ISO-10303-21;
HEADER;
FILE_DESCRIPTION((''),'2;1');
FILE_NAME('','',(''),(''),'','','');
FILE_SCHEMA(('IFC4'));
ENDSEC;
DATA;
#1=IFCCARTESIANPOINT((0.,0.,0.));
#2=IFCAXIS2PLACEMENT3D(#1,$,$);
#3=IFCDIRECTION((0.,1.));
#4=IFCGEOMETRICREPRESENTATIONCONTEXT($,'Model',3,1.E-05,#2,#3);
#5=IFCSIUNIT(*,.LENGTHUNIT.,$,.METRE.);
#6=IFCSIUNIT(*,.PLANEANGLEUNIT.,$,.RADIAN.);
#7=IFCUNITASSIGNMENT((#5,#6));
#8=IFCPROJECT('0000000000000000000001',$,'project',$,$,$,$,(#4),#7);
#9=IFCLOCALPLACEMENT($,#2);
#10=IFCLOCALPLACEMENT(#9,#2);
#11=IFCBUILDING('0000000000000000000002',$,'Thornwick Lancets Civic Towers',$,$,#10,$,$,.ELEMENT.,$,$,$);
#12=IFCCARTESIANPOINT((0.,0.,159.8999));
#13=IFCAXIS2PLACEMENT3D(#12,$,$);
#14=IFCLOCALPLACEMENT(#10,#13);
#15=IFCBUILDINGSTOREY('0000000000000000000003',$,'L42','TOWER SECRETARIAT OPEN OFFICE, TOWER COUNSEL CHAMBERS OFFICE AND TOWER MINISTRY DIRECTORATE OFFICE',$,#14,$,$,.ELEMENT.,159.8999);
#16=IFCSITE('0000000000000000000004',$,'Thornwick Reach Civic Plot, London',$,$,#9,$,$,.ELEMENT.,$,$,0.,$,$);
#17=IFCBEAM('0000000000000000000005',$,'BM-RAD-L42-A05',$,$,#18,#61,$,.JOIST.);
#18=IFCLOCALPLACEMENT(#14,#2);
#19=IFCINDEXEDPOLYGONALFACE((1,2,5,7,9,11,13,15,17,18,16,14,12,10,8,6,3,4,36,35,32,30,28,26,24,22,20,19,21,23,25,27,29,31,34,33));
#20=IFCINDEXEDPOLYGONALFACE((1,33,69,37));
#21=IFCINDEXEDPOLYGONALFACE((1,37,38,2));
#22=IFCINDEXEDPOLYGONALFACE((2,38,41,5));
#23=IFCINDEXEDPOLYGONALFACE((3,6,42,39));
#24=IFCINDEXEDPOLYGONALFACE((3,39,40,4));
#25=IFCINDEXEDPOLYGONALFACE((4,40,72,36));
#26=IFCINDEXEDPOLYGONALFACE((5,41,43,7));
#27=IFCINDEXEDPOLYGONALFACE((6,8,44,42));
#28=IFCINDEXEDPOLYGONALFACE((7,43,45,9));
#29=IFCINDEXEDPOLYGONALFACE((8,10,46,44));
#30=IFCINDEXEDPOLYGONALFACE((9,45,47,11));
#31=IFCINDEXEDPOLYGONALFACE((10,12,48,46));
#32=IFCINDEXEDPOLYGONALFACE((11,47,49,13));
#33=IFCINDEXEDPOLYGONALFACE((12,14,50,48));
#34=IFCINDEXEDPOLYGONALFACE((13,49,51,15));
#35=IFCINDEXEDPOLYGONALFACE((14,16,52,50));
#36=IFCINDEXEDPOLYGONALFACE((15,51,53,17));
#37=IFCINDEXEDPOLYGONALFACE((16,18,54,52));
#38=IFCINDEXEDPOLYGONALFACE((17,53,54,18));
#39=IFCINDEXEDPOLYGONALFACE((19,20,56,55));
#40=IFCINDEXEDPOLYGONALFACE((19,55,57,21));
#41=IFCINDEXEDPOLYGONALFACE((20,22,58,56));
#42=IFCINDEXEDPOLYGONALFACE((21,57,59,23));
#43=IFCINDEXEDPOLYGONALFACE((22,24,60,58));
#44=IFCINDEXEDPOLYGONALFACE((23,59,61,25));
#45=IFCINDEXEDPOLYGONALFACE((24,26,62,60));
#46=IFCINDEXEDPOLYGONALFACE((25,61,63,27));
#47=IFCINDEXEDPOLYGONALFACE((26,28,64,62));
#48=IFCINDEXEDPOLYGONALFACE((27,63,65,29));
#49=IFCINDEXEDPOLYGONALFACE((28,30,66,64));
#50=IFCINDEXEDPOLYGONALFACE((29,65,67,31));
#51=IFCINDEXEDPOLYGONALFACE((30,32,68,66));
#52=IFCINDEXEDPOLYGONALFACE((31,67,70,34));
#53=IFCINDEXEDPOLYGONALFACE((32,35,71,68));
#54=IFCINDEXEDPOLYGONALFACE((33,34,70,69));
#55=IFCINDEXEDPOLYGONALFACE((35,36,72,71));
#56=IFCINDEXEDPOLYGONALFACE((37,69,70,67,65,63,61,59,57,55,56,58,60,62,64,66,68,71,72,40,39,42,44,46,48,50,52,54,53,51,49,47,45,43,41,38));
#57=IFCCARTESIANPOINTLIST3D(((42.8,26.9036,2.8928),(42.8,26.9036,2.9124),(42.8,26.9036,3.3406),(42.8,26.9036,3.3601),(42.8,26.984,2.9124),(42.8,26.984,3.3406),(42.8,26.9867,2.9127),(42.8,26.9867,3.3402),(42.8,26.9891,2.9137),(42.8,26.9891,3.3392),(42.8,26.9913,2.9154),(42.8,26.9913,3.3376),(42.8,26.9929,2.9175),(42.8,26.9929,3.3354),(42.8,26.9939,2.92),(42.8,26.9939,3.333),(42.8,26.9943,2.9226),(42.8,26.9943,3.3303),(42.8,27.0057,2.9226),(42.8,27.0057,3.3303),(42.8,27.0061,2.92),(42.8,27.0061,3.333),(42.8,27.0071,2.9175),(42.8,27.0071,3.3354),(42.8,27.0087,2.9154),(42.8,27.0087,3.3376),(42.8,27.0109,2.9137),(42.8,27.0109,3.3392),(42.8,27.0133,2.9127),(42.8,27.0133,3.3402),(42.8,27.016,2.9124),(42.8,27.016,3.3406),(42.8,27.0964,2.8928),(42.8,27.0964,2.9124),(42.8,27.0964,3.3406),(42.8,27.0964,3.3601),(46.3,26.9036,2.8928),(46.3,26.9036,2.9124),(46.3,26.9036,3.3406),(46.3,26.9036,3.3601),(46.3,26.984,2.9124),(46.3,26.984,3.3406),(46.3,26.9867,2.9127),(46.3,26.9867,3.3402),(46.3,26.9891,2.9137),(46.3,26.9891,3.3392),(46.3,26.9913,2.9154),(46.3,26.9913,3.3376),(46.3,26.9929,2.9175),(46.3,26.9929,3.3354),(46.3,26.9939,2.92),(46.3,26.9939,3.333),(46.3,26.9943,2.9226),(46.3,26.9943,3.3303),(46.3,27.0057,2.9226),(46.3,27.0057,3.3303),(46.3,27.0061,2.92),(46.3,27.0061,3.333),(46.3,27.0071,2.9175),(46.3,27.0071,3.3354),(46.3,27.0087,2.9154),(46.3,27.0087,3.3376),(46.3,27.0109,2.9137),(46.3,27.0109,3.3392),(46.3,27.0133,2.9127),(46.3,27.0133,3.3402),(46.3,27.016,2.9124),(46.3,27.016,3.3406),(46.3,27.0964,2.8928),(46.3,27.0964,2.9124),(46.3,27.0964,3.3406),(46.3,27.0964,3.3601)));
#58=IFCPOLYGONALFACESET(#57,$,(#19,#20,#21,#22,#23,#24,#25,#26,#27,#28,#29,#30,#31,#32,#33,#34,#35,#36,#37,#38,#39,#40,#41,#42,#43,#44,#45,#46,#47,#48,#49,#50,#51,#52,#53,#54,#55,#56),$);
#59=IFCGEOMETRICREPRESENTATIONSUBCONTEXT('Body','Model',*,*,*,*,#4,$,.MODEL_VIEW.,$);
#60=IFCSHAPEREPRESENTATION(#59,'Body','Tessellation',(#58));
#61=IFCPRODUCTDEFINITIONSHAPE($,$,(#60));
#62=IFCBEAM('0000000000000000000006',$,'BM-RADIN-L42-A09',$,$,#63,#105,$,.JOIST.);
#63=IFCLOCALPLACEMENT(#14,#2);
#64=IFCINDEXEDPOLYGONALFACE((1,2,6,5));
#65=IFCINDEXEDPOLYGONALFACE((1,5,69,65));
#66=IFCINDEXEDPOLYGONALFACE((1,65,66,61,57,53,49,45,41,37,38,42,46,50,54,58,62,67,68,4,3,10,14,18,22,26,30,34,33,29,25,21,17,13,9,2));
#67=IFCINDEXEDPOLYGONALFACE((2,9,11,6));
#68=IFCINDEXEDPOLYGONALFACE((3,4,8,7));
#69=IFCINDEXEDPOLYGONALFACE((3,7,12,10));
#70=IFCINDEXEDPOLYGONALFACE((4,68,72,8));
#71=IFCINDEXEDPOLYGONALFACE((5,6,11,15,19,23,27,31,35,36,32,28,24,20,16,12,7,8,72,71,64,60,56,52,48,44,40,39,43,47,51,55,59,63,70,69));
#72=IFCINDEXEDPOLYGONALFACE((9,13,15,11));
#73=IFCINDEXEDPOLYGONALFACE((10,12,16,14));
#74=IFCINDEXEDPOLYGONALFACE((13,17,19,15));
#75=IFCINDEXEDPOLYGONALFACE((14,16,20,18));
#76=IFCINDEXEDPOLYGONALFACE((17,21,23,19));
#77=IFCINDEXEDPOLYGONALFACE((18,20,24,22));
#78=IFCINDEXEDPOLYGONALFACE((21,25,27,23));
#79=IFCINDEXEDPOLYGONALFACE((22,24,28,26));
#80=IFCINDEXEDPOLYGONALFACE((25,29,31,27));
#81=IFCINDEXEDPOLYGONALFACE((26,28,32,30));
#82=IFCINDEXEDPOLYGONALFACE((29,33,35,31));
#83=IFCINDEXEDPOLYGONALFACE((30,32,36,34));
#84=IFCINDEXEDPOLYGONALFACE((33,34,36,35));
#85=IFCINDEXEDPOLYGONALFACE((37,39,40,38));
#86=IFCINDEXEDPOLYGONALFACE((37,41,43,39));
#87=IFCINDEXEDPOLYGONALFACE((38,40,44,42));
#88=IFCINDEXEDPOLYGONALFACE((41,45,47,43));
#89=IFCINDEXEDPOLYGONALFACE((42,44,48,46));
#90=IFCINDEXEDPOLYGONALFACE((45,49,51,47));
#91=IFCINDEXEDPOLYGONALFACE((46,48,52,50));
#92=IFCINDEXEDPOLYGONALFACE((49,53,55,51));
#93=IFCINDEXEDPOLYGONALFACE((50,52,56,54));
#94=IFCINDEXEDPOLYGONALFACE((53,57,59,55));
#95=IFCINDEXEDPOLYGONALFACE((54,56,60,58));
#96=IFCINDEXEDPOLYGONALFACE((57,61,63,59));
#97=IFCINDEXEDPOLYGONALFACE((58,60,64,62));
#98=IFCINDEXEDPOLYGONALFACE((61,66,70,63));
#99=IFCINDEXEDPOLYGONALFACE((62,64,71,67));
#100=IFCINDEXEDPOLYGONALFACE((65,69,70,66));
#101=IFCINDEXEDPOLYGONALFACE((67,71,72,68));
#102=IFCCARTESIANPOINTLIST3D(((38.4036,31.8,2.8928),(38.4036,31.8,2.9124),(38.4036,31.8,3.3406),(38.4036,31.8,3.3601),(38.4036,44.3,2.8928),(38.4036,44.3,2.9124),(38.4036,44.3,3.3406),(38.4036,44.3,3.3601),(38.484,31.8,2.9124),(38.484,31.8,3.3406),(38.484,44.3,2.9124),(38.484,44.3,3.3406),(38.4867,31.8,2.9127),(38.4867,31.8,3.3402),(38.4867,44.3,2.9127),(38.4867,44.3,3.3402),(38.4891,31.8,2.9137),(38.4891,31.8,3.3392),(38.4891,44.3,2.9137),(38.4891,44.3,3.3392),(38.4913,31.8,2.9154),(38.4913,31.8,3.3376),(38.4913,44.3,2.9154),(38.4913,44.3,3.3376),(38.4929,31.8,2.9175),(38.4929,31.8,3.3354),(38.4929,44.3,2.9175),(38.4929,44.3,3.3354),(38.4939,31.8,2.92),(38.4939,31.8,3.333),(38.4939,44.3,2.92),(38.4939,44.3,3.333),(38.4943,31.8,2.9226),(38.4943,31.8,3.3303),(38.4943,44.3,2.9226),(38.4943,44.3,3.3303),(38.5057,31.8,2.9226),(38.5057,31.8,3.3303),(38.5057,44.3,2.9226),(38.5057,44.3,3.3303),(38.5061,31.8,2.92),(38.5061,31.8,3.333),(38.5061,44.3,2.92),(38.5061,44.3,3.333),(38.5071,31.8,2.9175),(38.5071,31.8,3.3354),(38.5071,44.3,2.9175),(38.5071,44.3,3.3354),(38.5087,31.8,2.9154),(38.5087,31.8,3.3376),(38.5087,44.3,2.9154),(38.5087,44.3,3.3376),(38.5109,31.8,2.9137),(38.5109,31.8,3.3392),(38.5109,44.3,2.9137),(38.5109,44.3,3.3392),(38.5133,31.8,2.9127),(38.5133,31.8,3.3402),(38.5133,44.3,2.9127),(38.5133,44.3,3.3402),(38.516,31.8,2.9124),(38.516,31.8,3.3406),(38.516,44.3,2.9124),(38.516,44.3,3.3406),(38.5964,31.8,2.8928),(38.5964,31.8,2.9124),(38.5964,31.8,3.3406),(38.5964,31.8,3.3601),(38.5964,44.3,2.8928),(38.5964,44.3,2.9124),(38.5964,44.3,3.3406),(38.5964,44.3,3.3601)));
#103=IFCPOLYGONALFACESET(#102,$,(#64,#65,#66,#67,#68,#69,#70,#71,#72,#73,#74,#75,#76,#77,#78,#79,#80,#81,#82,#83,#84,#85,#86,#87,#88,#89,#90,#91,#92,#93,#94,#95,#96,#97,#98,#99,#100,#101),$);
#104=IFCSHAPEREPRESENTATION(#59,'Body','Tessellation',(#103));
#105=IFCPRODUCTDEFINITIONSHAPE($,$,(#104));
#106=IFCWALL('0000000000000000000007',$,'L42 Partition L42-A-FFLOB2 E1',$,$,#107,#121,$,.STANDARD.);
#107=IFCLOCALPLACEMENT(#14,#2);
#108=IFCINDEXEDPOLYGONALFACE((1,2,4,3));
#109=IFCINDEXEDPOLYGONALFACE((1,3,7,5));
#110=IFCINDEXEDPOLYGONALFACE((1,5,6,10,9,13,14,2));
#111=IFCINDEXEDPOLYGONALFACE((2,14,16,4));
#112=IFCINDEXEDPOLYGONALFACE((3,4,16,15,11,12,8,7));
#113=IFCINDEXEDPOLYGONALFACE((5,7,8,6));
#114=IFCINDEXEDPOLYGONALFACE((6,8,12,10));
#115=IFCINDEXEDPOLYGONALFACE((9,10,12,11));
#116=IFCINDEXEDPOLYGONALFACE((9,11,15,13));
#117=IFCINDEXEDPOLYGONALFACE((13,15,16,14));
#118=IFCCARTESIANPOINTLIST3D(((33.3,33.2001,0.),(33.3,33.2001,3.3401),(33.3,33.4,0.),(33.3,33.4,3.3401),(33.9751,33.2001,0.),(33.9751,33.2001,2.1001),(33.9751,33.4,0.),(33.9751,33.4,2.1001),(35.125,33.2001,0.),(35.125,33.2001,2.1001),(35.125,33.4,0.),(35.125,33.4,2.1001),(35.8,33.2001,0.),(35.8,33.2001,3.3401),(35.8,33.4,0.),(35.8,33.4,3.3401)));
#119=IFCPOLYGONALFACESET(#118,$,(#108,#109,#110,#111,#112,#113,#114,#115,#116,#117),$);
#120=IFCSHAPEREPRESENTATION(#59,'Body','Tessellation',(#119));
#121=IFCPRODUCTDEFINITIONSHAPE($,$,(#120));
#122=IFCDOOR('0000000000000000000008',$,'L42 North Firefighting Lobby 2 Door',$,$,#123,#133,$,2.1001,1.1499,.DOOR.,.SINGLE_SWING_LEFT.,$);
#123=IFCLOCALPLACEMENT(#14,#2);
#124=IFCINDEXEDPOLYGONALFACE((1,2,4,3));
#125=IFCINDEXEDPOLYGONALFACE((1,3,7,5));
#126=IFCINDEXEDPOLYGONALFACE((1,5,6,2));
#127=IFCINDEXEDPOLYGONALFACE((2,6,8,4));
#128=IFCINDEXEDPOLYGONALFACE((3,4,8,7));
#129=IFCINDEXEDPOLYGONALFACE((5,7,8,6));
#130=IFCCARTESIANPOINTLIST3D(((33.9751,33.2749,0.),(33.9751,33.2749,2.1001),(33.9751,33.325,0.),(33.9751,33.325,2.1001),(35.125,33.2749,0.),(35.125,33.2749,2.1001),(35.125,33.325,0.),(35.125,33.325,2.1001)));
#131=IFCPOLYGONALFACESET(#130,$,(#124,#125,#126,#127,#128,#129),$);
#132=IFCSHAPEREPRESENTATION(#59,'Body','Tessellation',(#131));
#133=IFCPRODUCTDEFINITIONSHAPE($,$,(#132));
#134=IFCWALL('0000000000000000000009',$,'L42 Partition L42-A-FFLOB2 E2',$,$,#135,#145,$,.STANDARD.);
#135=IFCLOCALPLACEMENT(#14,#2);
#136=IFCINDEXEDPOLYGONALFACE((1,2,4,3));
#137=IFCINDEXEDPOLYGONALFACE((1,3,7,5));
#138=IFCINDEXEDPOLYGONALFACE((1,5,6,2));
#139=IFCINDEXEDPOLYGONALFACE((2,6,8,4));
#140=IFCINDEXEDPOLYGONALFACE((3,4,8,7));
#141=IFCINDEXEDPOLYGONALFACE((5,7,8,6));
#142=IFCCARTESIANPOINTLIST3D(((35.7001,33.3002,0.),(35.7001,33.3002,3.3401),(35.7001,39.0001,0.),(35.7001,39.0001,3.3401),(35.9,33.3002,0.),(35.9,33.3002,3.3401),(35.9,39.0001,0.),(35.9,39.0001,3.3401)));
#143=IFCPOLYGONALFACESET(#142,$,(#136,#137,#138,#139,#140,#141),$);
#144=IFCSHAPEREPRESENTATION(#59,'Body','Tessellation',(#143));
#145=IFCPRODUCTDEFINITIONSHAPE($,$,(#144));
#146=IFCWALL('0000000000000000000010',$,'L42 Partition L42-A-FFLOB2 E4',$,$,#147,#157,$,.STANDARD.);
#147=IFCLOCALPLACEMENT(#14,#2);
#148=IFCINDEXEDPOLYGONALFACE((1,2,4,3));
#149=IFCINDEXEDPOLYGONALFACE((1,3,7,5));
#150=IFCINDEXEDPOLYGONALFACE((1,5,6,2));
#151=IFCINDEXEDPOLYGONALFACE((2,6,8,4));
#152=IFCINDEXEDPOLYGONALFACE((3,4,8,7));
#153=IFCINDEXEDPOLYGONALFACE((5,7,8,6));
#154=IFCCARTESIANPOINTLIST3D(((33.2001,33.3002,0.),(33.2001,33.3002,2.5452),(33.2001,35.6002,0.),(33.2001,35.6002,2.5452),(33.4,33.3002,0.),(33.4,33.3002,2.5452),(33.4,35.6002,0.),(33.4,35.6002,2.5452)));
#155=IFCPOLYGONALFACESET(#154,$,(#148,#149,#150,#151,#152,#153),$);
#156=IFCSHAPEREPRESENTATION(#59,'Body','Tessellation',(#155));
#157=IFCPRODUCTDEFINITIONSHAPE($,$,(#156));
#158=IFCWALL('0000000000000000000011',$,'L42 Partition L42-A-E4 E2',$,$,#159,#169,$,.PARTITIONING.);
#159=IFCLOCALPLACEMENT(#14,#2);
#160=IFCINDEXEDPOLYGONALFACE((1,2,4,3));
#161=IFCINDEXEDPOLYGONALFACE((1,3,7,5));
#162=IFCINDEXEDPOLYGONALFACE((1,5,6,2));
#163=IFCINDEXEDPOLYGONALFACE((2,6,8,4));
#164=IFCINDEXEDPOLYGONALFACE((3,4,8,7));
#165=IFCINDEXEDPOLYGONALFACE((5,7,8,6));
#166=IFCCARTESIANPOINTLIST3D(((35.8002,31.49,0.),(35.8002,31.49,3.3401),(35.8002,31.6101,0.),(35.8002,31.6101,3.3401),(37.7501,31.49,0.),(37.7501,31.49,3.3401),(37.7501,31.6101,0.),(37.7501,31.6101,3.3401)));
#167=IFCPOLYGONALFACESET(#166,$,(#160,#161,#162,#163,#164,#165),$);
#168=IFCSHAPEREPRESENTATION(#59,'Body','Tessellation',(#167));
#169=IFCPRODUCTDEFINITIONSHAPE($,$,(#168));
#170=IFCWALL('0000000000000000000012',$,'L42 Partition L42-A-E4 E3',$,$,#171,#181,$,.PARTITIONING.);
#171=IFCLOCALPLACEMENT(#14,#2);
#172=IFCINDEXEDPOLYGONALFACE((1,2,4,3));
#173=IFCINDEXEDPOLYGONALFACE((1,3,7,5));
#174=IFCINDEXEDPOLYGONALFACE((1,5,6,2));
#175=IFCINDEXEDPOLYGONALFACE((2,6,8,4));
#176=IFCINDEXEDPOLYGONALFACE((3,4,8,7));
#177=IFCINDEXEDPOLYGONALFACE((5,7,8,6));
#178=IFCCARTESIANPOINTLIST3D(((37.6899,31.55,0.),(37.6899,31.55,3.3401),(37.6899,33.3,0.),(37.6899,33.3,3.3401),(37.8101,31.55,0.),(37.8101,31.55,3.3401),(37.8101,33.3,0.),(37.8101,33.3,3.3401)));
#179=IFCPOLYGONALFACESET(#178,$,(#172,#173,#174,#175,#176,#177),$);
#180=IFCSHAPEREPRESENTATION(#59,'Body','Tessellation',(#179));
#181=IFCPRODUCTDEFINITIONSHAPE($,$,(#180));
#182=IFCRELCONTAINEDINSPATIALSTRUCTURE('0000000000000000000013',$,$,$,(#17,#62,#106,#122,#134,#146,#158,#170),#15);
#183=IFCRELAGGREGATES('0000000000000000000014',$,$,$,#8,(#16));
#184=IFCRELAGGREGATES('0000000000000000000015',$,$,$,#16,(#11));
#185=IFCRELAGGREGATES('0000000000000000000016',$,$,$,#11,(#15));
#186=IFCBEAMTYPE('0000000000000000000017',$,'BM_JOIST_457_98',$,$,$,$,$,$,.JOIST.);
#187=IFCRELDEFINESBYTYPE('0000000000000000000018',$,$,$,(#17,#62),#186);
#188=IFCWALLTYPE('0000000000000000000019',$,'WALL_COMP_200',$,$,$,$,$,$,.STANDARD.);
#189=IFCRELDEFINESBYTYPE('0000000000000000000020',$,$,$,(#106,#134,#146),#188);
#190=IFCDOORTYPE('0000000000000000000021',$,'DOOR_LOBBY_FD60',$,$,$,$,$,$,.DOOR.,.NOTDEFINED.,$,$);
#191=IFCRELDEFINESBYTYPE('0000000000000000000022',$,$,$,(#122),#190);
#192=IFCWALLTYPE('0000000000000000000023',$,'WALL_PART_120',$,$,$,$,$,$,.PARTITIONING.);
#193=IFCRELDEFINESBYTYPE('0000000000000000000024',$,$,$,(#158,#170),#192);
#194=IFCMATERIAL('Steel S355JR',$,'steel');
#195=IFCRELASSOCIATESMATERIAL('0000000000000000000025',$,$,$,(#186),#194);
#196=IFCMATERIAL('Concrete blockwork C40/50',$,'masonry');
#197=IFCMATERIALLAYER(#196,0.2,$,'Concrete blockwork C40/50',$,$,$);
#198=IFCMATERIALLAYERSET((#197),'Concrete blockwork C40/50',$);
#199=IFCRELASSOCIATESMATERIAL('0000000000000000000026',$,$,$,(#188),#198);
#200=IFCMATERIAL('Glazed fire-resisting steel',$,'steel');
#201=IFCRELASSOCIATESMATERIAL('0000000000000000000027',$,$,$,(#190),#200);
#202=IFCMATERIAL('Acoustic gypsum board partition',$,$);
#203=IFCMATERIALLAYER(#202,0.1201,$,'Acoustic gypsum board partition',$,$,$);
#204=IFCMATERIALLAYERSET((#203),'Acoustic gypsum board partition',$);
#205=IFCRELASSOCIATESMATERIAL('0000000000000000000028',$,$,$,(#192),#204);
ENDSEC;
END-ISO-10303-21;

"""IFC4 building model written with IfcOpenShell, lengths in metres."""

from ifc_helpers import new_model, si_unit, direction, frame, frame_2d, origin, origin_2d, place, context, subcontext, project, spatial, rectangle, i_section, extrude, material, layer, layer_set, material_profile, profile_set, type_object, element, fill, save


model = new_model("IFC4")

# Units and contexts
model_context = context("Model", 3, precision=1e-05, world=origin(), true_north=direction((0.0, 1.0)))
body_context = subcontext(model_context, "Body", "Model", "MODEL_VIEW")
ifc_project = project(units=[si_unit("LENGTHUNIT", "METRE"), si_unit("PLANEANGLEUNIT", "RADIAN")], contexts=[model_context])

# Site, building, storey
site_placement = place(None, origin())
site = spatial("IfcSite", under=ifc_project, at=site_placement, Name="Thornwick Reach Civic Plot, London", CompositionType="ELEMENT", RefElevation=0.0)
building_placement = place(site_placement, origin())
building = spatial("IfcBuilding", under=site, at=building_placement, Name="Thornwick Lancets Civic Towers", CompositionType="ELEMENT")
storey_placement = place(building_placement, frame((0.0, 0.0, 159.8999)))
storey = spatial("IfcBuildingStorey", under=building, at=storey_placement, Name="L42", Description="TOWER SECRETARIAT OPEN OFFICE, TOWER COUNSEL CHAMBERS OFFICE AND TOWER MINISTRY DIRECTORATE OFFICE", CompositionType="ELEMENT", Elevation=159.8999)

# Beams
ifc_material_1 = material(Name="Steel S355JR", Category="steel")
ifc_material_profile_1 = material_profile(ifc_material_1, i_section(OverallWidth=0.1929, OverallDepth=0.4673, WebThickness=0.0115, FlangeThickness=0.0195, FilletRadius=0.0103, at=origin_2d()), Name="UKB 457x191x98")
ifc_profile_set_1 = profile_set([ifc_material_profile_1], Name="Steel S355JR")
beam_type_1 = type_object("IfcBeamType", Name="BM_JOIST_457_98", PredefinedType="JOIST", material=ifc_profile_set_1)
beam_1_placement = place(storey_placement, frame((42.8, 27.0, 3.1265), z_axis=(1.0, 0.0, 0.0), x_axis=(0.0, 1.0, 0.0)))
element("IfcBeam", 1, at=beam_1_placement, inside=storey, type_object=beam_type_1, Name="BM-RAD-L42-A05", PredefinedType="JOIST", context=body_context, shape_type="SweptSolid", body=[
    extrude(i_section(OverallWidth=0.1929, OverallDepth=0.4673, WebThickness=0.0115, FlangeThickness=0.0195, FilletRadius=0.0103, at=origin_2d()), origin(), (0.0, 0.0, 1.0), 3.5),
])
beam_2_placement = place(storey_placement, frame((38.5, 31.8, 3.1265), z_axis=(0.0, 1.0, 0.0), x_axis=(-1.0, 0.0, 0.0)))
element("IfcBeam", 2, at=beam_2_placement, inside=storey, type_object=beam_type_1, Name="BM-RADIN-L42-A09", PredefinedType="JOIST", context=body_context, shape_type="SweptSolid", body=[
    extrude(i_section(OverallWidth=0.1929, OverallDepth=0.4673, WebThickness=0.0115, FlangeThickness=0.0195, FilletRadius=0.0103, at=origin_2d()), origin(), (0.0, 0.0, 1.0), 12.5),
])

# Wall, opening, door
ifc_material_2 = material(Name="Concrete blockwork C40/50", Category="masonry")
ifc_layer_1 = layer(ifc_material_2, 0.2, Name="Concrete blockwork C40/50")
ifc_layer_set_1 = layer_set([ifc_layer_1], Name="Concrete blockwork C40/50")
wall_type_1 = type_object("IfcWallType", Name="WALL_COMP_200", PredefinedType="STANDARD", material=ifc_layer_set_1)
wall_1_placement = place(storey_placement, frame((33.3, 33.3, 0.0), z_axis=(0.0, 0.0, 1.0), x_axis=(1.0, 0.0, 0.0)))
wall_1 = element("IfcWall", 3, at=wall_1_placement, inside=storey, type_object=wall_type_1, Name="L42 Partition L42-A-FFLOB2 E1", PredefinedType="STANDARD", context=body_context, shape_type="SweptSolid", body=[
    extrude(rectangle(XDim=2.5, YDim=0.2, at=frame_2d((1.25, 0.0))), origin(), (0.0, 0.0, 1.0), 3.3401),
])
opening_placement = place(wall_1_placement, frame((0.675, 0.0, 0.0)))
opening = element("IfcOpeningElement", 4, at=opening_placement, cuts=wall_1, PredefinedType="OPENING", context=body_context, shape_type="SweptSolid", body=[
    extrude(rectangle(XDim=1.1499, YDim=2.1001, at=frame_2d((0.575, 1.05))), frame((0.0, 0.1099, 0.0), z_axis=(0.0, -1.0, 0.0), x_axis=(1.0, 0.0, 0.0)), (0.0, 0.0, 1.0), 0.22),
])
ifc_material_3 = material(Name="Glazed fire-resisting steel", Category="steel")
door_type = type_object("IfcDoorType", Name="DOOR_LOBBY_FD60", OperationType="NOTDEFINED", PredefinedType="DOOR", material=ifc_material_3)
door_placement = place(opening_placement, origin())
door = element("IfcDoor", 5, at=door_placement, inside=storey, type_object=door_type, Name="L42 North Firefighting Lobby 2 Door", OperationType="SINGLE_SWING_LEFT", OverallHeight=2.1001, OverallWidth=1.1499, PredefinedType="DOOR", context=body_context, shape_type="SweptSolid", body=[
    extrude(rectangle(XDim=1.1499, YDim=2.1001, at=frame_2d((0.575, 1.05))), frame((0.0, 0.0249, 0.0), z_axis=(0.0, -1.0, 0.0), x_axis=(1.0, 0.0, 0.0)), (0.0, 0.0, 1.0), 0.05),
])
fill(opening, door)

# Walls
wall_2_placement = place(storey_placement, frame((35.8, 33.3, 0.0), z_axis=(0.0, 0.0, 1.0), x_axis=(0.0, 1.0, 0.0)))
element("IfcWall", 6, at=wall_2_placement, inside=storey, type_object=wall_type_1, Name="L42 Partition L42-A-FFLOB2 E2", PredefinedType="STANDARD", context=body_context, shape_type="SweptSolid", body=[
    extrude(rectangle(XDim=5.7, YDim=0.2, at=frame_2d((2.8501, 0.0))), origin(), (0.0, 0.0, 1.0), 3.3401),
])
wall_3_placement = place(storey_placement, frame((33.3, 35.6001, 0.0), z_axis=(0.0, 0.0, 1.0), x_axis=(0.0, -1.0, 0.0)))
element("IfcWall", 7, at=wall_3_placement, inside=storey, type_object=wall_type_1, Name="L42 Partition L42-A-FFLOB2 E4", PredefinedType="STANDARD", context=body_context, shape_type="SweptSolid", body=[
    extrude(rectangle(XDim=2.3, YDim=0.2, at=frame_2d((1.1499, 0.0))), origin(), (0.0, 0.0, 1.0), 2.5452),
])
ifc_material_4 = material(Name="Acoustic gypsum board partition")
ifc_layer_2 = layer(ifc_material_4, 0.1201, Name="Acoustic gypsum board partition")
ifc_layer_set_2 = layer_set([ifc_layer_2], Name="Acoustic gypsum board partition")
wall_type_2 = type_object("IfcWallType", Name="WALL_PART_120", PredefinedType="PARTITIONING", material=ifc_layer_set_2)
wall_4_placement = place(storey_placement, frame((35.8, 31.55, 0.0), z_axis=(0.0, 0.0, 1.0), x_axis=(1.0, 0.0, 0.0)))
element("IfcWall", 8, at=wall_4_placement, inside=storey, type_object=wall_type_2, Name="L42 Partition L42-A-E4 E2", PredefinedType="PARTITIONING", context=body_context, shape_type="SweptSolid", body=[
    extrude(rectangle(XDim=1.95, YDim=0.1201, at=frame_2d((0.9751, 0.0))), origin(), (0.0, 0.0, 1.0), 3.3401),
])
wall_5_placement = place(storey_placement, frame((37.75, 31.55, 0.0), z_axis=(0.0, 0.0, 1.0), x_axis=(0.0, 1.0, 0.0)))
element("IfcWall", 9, at=wall_5_placement, inside=storey, type_object=wall_type_2, Name="L42 Partition L42-A-E4 E3", PredefinedType="PARTITIONING", context=body_context, shape_type="SweptSolid", body=[
    extrude(rectangle(XDim=1.75, YDim=0.1201, at=frame_2d((0.875, 0.0))), origin(), (0.0, 0.0, 1.0), 3.3401),
])

save(model, "model.ifc")
